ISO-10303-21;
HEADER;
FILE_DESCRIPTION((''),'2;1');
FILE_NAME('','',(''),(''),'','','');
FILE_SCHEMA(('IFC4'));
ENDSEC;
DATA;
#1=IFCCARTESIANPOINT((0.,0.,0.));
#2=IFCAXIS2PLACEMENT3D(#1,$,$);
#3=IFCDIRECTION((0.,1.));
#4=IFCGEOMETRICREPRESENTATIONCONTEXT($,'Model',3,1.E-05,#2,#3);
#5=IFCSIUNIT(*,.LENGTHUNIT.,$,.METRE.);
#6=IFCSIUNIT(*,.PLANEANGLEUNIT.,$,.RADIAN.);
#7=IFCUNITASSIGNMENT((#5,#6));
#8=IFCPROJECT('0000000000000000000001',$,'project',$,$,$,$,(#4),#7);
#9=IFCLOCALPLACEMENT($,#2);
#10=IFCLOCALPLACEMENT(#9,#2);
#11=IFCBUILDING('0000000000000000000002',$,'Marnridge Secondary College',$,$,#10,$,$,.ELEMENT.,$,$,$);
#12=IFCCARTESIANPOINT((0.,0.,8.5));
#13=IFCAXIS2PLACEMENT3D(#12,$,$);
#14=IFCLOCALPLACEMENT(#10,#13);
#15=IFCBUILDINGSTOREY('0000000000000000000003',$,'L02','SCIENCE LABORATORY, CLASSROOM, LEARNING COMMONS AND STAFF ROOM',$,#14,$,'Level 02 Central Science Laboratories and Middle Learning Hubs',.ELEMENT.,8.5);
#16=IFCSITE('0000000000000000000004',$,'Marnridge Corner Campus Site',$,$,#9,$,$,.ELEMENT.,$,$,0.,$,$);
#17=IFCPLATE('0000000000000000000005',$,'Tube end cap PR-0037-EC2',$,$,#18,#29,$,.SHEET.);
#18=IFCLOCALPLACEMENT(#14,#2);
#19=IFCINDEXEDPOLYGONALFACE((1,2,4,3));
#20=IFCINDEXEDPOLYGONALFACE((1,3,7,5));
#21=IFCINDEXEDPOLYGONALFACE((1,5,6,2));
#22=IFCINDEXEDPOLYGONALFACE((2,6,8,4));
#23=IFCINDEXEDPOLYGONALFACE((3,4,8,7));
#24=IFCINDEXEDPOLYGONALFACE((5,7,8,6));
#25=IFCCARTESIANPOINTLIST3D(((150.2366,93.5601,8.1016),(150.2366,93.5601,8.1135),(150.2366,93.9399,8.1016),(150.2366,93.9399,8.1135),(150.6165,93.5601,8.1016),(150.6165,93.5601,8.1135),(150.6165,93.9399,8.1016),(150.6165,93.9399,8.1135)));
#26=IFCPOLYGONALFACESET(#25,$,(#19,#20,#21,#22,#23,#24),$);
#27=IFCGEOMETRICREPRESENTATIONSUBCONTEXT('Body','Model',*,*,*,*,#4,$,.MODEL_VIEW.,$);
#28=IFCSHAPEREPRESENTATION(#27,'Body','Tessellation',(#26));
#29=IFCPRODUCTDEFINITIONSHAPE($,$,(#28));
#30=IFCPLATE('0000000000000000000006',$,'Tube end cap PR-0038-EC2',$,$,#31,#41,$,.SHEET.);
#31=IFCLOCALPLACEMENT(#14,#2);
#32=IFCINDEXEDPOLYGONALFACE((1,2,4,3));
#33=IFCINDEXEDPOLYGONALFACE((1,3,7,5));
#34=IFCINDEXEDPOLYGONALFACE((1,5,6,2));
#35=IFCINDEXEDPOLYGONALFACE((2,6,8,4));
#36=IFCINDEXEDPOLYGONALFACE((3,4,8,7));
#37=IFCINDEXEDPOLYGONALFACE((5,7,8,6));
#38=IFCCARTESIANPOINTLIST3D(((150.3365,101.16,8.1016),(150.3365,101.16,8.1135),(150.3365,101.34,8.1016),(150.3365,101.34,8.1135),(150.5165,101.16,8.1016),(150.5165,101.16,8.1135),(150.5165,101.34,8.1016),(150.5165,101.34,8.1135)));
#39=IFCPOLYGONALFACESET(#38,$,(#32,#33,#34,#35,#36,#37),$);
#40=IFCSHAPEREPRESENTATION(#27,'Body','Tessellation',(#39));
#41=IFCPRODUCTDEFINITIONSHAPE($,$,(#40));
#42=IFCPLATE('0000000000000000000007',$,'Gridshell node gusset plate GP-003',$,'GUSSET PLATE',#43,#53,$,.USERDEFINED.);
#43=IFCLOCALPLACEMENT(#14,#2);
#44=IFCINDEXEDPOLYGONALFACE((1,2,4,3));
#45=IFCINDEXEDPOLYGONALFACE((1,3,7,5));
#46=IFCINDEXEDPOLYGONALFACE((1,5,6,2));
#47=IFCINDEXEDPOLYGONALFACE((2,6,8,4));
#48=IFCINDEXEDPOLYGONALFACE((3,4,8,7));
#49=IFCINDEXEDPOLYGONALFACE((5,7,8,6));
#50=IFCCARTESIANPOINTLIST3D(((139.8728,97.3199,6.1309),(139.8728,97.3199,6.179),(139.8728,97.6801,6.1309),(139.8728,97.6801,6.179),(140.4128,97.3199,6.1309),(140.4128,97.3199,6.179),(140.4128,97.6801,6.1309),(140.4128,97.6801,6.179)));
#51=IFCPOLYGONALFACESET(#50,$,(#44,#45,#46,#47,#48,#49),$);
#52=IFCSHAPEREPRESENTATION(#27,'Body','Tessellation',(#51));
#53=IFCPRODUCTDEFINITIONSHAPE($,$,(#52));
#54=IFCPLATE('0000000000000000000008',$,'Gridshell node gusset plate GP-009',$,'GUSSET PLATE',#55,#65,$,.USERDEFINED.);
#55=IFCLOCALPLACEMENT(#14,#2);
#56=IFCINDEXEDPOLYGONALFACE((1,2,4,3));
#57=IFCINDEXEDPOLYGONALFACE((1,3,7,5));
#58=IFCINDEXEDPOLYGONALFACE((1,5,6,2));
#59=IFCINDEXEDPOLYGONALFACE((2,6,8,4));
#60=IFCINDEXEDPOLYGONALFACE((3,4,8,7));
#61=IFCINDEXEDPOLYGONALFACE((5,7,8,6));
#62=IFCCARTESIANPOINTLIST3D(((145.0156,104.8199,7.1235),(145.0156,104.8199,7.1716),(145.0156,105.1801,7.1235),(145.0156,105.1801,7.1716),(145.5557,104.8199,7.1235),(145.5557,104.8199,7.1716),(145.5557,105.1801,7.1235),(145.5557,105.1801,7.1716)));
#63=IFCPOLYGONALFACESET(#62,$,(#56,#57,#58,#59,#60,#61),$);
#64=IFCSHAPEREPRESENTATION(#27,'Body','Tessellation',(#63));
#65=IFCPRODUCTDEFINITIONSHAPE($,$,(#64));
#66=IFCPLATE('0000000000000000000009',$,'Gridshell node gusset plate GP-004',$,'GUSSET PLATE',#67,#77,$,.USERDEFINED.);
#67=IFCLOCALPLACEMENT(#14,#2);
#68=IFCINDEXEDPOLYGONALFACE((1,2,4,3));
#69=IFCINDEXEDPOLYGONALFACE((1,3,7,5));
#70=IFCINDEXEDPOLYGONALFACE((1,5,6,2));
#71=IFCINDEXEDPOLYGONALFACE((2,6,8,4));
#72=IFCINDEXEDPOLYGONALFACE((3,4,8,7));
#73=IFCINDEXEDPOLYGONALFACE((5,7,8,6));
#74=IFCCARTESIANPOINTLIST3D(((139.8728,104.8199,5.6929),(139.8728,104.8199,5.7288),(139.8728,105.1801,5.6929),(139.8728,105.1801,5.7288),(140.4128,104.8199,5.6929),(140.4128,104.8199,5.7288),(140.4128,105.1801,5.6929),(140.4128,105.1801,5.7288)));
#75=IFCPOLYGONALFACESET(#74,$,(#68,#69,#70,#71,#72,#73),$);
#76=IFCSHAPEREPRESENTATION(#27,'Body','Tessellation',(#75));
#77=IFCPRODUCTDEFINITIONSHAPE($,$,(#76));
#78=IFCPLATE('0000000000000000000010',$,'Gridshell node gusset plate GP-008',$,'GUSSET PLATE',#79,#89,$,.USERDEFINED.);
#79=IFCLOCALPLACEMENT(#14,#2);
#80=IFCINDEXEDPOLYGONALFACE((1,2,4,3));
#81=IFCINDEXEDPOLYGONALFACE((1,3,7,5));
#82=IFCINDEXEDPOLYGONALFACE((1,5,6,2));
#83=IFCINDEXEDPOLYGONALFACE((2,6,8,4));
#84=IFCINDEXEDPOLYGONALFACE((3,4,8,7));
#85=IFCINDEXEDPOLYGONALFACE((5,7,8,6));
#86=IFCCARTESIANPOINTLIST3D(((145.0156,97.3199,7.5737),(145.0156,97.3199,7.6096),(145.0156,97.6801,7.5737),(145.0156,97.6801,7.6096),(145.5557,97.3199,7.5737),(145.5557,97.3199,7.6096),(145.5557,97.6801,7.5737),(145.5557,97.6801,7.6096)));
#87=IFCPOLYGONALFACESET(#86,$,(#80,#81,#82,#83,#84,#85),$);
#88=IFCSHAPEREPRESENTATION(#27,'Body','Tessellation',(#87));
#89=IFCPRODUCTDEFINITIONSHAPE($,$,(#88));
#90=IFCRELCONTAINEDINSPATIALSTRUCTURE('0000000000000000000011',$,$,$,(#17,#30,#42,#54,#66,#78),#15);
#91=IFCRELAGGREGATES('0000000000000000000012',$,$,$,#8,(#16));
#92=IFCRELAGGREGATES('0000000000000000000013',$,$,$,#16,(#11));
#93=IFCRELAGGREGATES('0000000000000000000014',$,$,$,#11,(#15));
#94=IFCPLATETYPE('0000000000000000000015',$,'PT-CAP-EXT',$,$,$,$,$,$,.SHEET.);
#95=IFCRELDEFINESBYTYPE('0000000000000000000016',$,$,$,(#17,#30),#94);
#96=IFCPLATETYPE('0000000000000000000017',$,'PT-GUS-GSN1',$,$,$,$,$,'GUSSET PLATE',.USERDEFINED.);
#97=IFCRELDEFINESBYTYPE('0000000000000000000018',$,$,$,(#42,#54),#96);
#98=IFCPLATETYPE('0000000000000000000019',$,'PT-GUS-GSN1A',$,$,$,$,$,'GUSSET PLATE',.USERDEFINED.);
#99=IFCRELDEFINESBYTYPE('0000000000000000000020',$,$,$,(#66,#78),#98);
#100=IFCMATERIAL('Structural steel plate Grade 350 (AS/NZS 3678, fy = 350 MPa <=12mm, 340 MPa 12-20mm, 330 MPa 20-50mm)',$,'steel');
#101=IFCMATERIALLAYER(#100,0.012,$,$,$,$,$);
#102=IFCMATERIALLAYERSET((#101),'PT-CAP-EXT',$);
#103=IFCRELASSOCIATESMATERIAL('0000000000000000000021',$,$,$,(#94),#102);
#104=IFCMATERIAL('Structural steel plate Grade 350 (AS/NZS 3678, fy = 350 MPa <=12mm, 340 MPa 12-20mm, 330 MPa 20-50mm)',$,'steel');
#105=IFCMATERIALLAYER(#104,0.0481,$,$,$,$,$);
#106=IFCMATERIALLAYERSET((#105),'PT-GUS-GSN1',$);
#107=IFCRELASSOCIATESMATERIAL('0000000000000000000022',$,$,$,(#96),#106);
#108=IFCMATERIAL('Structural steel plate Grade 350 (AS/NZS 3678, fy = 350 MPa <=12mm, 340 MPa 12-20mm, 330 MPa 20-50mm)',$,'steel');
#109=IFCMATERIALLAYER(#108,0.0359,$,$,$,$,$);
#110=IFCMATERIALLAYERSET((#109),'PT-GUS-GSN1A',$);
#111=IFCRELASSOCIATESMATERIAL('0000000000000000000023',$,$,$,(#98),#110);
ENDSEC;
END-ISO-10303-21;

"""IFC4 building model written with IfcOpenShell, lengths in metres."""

from ifc_helpers import new_model, si_unit, direction, frame, origin, origin_2d, place, context, subcontext, project, spatial, rectangle, extrude, material, layer, layer_set, type_object, element, save


model = new_model("IFC4")

# Units and contexts
model_context = context("Model", 3, precision=1e-05, world=origin(), true_north=direction((0.0, 1.0)))
body_context = subcontext(model_context, "Body", "Model", "MODEL_VIEW")
ifc_project = project(units=[si_unit("LENGTHUNIT", "METRE"), si_unit("PLANEANGLEUNIT", "RADIAN")], contexts=[model_context])

# Site, building, storey
site_placement = place(None, origin())
site = spatial("IfcSite", under=ifc_project, at=site_placement, Name="Marnridge Corner Campus Site", CompositionType="ELEMENT", RefElevation=0.0)
building_placement = place(site_placement, origin())
building = spatial("IfcBuilding", under=site, at=building_placement, Name="Marnridge Secondary College", CompositionType="ELEMENT")
storey_placement = place(building_placement, frame((0.0, 0.0, 8.5)))
storey = spatial("IfcBuildingStorey", under=building, at=storey_placement, Name="L02", Description="SCIENCE LABORATORY, CLASSROOM, LEARNING COMMONS AND STAFF ROOM", LongName="Level 02 Central Science Laboratories and Middle Learning Hubs", CompositionType="ELEMENT", Elevation=8.5)

# Plates
ifc_material_1 = material(Name="Structural steel plate Grade 350 (AS/NZS 3678, fy = 350 MPa <=12mm, 340 MPa 12-20mm, 330 MPa 20-50mm)", Category="steel")
ifc_layer_1 = layer(ifc_material_1, 0.012)
ifc_layer_set_1 = layer_set([ifc_layer_1], Name="PT-CAP-EXT")
plate_type_1 = type_object("IfcPlateType", Name="PT-CAP-EXT", PredefinedType="SHEET", material=ifc_layer_set_1)
plate_1_placement = place(storey_placement, frame((150.4265, 93.75, 8.1016), z_axis=(0.0, 0.0, 1.0), x_axis=(1.0, 0.0, 0.0)))
element("IfcPlate", 1, at=plate_1_placement, inside=storey, type_object=plate_type_1, Name="Tube end cap PR-0037-EC2", PredefinedType="SHEET", context=body_context, shape_type="SweptSolid", body=[
    extrude(rectangle(XDim=0.3799, YDim=0.3799, at=origin_2d()), origin(), (0.0, 0.0, 1.0), 0.012),
])
plate_2_placement = place(storey_placement, frame((150.4265, 101.25, 8.1016), z_axis=(0.0, 0.0, 1.0), x_axis=(1.0, 0.0, 0.0)))
element("IfcPlate", 2, at=plate_2_placement, inside=storey, type_object=plate_type_1, Name="Tube end cap PR-0038-EC2", PredefinedType="SHEET", context=body_context, shape_type="SweptSolid", body=[
    extrude(rectangle(XDim=0.1799, YDim=0.1799, at=origin_2d()), origin(), (0.0, 0.0, 1.0), 0.012),
])
ifc_material_2 = material(Name="Structural steel plate Grade 350 (AS/NZS 3678, fy = 350 MPa <=12mm, 340 MPa 12-20mm, 330 MPa 20-50mm)", Category="steel")
ifc_layer_2 = layer(ifc_material_2, 0.0481)
ifc_layer_set_2 = layer_set([ifc_layer_2], Name="PT-GUS-GSN1")
plate_type_2 = type_object("IfcPlateType", Name="PT-GUS-GSN1", ElementType="GUSSET PLATE", PredefinedType="USERDEFINED", material=ifc_layer_set_2)
for number, where, z_axis, x_axis, name in (
    (3, (140.1428, 97.5, 6.1309), (0.0, 0.0, 1.0), (1.0, 0.0, 0.0), "Gridshell node gusset plate GP-003"),
    (4, (145.2856, 105.0, 7.1235), (0.0, 0.0, 1.0), (1.0, 0.0, 0.0), "Gridshell node gusset plate GP-009"),
):
    element("IfcPlate", number, at=place(storey_placement, frame(where, z_axis=z_axis, x_axis=x_axis)), inside=storey, type_object=plate_type_2, Name=name, ObjectType="GUSSET PLATE", PredefinedType="USERDEFINED", context=body_context, shape_type="SweptSolid", body=[
        extrude(rectangle(XDim=0.54, YDim=0.3601, at=origin_2d()), origin(), (0.0, 0.0, 1.0), 0.0481),
    ])
ifc_material_3 = material(Name="Structural steel plate Grade 350 (AS/NZS 3678, fy = 350 MPa <=12mm, 340 MPa 12-20mm, 330 MPa 20-50mm)", Category="steel")
ifc_layer_3 = layer(ifc_material_3, 0.0359)
ifc_layer_set_3 = layer_set([ifc_layer_3], Name="PT-GUS-GSN1A")
plate_type_3 = type_object("IfcPlateType", Name="PT-GUS-GSN1A", ElementType="GUSSET PLATE", PredefinedType="USERDEFINED", material=ifc_layer_set_3)
for number, where, z_axis, x_axis, name in (
    (5, (140.1428, 105.0, 5.6929), (0.0, 0.0, 1.0), (1.0, 0.0, 0.0), "Gridshell node gusset plate GP-004"),
    (6, (145.2856, 97.5, 7.5737), (0.0, 0.0, 1.0), (1.0, 0.0, 0.0), "Gridshell node gusset plate GP-008"),
):
    element("IfcPlate", number, at=place(storey_placement, frame(where, z_axis=z_axis, x_axis=x_axis)), inside=storey, type_object=plate_type_3, Name=name, ObjectType="GUSSET PLATE", PredefinedType="USERDEFINED", context=body_context, shape_type="SweptSolid", body=[
        extrude(rectangle(XDim=0.54, YDim=0.3601, at=origin_2d()), origin(), (0.0, 0.0, 1.0), 0.0359),
    ])

save(model, "model.ifc")
